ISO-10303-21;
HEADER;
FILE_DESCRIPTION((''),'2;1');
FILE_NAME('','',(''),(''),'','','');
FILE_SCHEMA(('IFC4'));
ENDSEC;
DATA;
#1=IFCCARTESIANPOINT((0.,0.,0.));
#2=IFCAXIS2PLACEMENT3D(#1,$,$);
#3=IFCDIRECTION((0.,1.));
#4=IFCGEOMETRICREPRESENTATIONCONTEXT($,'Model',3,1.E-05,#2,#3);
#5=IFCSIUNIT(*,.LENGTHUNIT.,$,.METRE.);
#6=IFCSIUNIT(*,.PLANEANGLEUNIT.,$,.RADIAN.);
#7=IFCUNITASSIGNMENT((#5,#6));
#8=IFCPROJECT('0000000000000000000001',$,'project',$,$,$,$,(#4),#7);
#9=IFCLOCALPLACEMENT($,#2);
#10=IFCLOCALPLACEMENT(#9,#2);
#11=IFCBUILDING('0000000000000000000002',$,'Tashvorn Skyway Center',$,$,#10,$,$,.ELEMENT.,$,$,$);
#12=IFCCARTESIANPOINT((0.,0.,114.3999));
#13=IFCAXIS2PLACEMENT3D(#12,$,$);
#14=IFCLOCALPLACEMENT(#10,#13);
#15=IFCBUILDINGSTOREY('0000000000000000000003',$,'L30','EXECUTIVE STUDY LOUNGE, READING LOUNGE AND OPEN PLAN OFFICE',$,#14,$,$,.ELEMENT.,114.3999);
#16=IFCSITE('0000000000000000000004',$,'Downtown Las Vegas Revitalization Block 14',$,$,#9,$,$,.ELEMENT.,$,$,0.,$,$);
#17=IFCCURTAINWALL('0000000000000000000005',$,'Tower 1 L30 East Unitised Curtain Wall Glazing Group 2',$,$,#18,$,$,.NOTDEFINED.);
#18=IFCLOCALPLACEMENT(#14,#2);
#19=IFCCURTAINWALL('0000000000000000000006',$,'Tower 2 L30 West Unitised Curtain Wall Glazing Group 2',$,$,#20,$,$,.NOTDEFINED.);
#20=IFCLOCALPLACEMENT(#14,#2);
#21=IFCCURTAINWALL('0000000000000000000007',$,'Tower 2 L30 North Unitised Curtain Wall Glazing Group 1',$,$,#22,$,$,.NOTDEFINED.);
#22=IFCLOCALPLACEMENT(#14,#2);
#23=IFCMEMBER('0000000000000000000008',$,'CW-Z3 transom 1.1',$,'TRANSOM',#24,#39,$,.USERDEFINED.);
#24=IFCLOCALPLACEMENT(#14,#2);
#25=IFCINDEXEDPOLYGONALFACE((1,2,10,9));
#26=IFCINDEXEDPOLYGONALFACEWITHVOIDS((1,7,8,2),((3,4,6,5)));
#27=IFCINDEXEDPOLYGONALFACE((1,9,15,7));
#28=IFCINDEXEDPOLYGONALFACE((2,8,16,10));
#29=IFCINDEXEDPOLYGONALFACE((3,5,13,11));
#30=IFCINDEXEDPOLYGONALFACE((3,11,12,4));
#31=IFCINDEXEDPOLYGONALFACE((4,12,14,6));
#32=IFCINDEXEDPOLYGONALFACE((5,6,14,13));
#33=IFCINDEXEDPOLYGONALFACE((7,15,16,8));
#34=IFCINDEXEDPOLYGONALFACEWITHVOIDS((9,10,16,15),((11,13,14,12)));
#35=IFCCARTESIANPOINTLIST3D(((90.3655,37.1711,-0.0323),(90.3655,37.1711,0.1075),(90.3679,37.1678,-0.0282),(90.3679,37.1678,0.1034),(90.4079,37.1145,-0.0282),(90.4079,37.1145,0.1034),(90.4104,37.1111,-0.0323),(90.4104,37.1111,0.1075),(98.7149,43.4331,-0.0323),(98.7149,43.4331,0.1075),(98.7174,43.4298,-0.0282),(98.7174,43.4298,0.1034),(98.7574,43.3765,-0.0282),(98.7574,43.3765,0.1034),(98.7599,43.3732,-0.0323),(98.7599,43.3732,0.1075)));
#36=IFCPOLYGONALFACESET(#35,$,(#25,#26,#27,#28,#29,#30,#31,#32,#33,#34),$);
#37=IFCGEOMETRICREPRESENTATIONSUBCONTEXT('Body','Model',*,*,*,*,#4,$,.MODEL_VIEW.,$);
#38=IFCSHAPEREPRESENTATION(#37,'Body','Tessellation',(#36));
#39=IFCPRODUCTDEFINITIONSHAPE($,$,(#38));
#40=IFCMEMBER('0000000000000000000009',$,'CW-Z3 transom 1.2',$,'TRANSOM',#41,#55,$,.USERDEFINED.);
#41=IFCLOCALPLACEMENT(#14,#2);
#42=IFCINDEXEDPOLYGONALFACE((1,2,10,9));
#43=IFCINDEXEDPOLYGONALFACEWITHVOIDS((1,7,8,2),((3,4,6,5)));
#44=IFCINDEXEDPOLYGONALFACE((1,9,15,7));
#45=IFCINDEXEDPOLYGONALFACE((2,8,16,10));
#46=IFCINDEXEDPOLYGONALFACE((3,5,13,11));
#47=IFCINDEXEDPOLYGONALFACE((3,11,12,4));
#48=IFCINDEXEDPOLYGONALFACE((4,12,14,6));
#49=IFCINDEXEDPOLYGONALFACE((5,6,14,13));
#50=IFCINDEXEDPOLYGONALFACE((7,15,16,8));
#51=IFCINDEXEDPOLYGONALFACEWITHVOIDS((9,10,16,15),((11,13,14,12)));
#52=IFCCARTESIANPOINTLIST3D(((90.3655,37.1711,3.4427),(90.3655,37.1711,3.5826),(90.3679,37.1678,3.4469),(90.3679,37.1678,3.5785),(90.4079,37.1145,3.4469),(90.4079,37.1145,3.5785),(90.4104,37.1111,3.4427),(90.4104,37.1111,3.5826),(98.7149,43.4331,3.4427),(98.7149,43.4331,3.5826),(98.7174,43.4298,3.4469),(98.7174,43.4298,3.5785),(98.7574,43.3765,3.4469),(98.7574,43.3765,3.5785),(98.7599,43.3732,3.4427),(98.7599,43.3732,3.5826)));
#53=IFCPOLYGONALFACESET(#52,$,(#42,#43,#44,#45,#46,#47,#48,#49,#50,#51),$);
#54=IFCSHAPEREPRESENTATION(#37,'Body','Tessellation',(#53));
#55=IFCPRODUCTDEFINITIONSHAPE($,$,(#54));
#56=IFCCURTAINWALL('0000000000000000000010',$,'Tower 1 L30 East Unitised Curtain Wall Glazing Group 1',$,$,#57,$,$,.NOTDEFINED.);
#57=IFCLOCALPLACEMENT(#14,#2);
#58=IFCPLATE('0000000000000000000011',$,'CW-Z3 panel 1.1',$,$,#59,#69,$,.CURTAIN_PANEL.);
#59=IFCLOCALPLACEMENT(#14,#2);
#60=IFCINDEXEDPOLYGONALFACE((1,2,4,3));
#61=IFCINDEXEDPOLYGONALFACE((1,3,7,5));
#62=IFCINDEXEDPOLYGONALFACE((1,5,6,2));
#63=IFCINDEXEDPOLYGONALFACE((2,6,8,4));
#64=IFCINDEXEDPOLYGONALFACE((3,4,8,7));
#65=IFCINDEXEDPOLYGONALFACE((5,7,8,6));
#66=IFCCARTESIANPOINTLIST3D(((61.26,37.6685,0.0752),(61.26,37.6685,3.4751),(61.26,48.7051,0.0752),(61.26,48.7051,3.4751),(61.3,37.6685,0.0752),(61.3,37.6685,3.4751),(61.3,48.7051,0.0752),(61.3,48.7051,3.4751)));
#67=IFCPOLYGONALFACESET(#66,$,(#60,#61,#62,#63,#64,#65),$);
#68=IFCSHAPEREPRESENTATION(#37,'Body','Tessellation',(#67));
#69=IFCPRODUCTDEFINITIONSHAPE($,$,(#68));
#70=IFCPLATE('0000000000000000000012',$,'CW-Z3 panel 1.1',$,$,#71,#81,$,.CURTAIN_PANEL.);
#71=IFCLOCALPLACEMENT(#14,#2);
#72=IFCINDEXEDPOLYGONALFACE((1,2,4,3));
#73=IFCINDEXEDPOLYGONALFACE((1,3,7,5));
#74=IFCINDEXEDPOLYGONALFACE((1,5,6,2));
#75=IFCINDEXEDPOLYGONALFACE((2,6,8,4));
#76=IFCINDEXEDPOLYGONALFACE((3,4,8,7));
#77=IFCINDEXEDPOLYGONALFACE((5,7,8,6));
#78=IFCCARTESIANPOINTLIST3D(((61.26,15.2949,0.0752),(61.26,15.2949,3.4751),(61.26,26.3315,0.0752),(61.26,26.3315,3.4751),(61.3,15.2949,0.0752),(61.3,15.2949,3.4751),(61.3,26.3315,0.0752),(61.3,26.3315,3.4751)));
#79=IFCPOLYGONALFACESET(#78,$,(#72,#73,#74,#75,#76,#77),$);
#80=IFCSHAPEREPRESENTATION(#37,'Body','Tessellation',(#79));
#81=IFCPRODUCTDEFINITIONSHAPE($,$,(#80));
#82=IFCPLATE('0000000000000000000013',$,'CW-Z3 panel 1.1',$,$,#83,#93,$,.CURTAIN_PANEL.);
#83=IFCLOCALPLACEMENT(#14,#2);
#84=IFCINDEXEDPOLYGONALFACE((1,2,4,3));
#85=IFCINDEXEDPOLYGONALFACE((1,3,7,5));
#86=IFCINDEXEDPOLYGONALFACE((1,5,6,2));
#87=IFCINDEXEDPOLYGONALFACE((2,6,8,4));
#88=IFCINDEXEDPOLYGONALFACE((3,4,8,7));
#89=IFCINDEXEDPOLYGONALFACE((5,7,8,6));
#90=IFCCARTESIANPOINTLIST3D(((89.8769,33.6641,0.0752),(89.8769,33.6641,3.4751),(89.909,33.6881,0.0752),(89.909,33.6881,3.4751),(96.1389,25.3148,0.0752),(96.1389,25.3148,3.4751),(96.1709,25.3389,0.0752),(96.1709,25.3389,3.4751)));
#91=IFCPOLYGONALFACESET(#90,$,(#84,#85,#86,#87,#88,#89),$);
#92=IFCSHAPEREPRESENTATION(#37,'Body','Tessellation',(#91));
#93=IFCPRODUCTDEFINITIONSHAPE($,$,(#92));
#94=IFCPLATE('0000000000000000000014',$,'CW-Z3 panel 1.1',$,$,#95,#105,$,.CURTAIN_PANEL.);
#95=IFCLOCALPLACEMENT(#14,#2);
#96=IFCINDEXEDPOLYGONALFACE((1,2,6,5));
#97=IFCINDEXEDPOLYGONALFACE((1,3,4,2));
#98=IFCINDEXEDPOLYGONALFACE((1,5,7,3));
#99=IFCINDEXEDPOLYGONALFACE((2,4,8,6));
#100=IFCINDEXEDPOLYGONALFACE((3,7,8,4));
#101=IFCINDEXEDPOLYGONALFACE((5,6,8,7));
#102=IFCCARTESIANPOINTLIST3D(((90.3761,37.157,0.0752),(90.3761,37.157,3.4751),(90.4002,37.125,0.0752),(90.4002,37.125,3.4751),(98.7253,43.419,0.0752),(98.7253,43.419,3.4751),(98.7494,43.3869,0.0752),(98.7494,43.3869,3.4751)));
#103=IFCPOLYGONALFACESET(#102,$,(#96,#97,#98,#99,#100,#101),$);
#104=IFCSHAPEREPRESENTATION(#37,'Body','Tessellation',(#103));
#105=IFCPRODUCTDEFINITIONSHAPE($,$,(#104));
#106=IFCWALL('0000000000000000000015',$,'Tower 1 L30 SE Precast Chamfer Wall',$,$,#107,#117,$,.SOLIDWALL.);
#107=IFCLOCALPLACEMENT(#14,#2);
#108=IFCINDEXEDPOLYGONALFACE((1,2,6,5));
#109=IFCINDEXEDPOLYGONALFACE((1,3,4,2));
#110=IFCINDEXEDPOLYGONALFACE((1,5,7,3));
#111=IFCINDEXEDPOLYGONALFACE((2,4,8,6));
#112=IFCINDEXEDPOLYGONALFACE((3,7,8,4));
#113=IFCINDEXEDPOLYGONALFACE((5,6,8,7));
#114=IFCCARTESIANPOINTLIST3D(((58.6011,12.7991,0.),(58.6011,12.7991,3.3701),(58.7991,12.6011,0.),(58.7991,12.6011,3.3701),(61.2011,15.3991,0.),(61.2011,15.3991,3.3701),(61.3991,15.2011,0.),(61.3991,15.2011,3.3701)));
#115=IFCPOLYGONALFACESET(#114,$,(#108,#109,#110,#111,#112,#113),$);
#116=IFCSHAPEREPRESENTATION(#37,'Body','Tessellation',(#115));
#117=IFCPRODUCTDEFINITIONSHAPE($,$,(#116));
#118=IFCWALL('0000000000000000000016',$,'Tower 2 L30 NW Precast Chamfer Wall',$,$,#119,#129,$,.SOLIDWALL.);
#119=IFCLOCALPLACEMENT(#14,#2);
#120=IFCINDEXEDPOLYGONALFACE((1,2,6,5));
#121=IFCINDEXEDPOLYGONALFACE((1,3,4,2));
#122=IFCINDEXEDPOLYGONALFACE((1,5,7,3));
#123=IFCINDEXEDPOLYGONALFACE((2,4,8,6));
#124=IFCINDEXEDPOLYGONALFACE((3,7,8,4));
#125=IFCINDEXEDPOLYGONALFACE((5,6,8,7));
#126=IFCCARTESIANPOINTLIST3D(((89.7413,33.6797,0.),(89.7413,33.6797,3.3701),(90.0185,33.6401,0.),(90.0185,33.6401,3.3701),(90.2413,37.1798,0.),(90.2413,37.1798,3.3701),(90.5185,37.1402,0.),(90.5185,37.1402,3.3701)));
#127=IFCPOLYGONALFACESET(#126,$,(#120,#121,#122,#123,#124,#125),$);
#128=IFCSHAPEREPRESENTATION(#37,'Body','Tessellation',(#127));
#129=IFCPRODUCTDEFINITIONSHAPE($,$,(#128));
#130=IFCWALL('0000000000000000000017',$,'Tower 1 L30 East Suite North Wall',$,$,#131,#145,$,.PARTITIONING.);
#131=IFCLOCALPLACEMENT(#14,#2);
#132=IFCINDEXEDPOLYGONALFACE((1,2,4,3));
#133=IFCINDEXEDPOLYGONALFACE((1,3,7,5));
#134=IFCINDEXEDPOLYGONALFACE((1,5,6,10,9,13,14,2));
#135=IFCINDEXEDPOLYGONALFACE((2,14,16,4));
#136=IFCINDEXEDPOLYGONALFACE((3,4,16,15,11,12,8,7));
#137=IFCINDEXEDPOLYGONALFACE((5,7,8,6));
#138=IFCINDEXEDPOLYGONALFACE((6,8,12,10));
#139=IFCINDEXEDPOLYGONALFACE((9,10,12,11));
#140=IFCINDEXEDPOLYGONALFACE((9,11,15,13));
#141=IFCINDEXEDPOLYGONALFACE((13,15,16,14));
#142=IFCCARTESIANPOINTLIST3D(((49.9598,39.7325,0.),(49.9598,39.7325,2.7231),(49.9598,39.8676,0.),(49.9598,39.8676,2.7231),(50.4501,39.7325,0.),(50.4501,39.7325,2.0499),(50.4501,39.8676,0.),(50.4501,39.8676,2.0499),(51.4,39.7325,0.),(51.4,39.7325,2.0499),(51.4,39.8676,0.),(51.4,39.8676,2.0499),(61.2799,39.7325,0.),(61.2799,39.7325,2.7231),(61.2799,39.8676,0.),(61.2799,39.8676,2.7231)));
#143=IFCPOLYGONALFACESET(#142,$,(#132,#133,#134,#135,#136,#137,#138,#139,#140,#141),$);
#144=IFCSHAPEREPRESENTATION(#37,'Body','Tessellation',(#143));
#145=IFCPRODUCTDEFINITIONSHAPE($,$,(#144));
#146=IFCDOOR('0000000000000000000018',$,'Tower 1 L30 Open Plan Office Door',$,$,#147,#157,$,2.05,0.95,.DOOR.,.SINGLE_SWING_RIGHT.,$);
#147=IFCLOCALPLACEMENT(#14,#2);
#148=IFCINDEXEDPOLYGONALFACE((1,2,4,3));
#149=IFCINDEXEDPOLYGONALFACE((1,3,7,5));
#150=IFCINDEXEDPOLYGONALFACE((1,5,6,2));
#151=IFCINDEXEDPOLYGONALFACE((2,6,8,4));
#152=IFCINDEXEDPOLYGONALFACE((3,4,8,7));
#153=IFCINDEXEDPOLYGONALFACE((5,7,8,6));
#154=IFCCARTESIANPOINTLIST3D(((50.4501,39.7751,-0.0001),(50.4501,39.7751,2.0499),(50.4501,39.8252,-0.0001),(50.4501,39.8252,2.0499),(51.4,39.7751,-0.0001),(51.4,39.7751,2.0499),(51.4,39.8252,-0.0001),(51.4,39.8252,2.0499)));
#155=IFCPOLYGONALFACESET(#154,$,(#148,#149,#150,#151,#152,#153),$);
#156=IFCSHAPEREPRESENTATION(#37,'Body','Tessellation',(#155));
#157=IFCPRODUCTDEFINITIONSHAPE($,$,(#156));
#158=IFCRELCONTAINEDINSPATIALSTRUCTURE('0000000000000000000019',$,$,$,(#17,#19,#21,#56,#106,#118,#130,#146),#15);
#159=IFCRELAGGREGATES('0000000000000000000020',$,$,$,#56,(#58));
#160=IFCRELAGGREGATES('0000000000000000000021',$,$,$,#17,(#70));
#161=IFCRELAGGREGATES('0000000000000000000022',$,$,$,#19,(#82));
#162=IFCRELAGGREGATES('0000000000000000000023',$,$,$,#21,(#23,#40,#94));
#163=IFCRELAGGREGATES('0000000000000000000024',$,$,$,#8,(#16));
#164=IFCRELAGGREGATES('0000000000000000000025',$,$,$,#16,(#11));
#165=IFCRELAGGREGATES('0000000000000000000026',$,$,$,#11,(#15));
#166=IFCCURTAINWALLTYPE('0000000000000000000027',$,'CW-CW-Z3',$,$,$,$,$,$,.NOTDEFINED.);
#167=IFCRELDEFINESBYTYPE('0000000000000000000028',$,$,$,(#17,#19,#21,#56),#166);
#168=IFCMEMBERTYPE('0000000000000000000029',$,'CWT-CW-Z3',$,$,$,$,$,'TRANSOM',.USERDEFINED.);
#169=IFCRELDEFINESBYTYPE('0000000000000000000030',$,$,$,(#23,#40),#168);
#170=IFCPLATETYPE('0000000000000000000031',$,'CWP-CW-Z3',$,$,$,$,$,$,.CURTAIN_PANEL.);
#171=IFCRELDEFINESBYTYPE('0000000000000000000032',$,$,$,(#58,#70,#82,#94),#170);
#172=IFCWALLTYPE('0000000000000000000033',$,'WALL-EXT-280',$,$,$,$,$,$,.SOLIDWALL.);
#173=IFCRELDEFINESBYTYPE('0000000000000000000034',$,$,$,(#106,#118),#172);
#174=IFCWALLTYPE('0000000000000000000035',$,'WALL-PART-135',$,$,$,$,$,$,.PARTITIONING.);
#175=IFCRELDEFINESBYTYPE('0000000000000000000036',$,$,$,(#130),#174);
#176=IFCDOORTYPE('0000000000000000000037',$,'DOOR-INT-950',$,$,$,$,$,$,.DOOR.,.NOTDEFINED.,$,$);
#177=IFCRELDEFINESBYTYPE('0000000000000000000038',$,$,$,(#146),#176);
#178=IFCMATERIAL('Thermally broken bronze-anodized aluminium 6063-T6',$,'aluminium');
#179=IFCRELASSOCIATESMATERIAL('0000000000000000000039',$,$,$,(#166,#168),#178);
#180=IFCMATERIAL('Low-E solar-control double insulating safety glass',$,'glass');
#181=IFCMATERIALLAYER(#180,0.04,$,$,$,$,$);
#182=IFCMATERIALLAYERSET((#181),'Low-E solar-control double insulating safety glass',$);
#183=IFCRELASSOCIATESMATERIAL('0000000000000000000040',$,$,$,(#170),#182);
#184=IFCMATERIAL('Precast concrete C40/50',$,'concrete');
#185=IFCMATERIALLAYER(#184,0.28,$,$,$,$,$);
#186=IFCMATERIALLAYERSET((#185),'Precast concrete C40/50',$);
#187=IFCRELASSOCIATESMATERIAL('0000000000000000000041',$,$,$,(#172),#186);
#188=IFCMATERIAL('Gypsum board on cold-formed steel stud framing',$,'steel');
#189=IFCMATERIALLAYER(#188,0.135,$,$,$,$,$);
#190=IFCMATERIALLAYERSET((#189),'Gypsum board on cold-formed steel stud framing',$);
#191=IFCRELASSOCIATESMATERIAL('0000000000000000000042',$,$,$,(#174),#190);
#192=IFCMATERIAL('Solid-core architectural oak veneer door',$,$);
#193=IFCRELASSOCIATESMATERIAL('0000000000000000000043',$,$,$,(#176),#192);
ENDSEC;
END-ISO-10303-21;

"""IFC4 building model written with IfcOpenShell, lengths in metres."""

from ifc_helpers import new_model, si_unit, direction, frame, frame_2d, origin, origin_2d, place, context, subcontext, project, spatial, rectangle, hollow_rectangle, extrude, material, layer, layer_set, material_profile, profile_set, type_object, element, fill, aggregate, save


model = new_model("IFC4")

# Units and contexts
model_context = context("Model", 3, precision=1e-05, world=origin(), true_north=direction((0.0, 1.0)))
body_context = subcontext(model_context, "Body", "Model", "MODEL_VIEW")
ifc_project = project(units=[si_unit("LENGTHUNIT", "METRE"), si_unit("PLANEANGLEUNIT", "RADIAN")], contexts=[model_context])

# Site, building, storey
site_placement = place(None, origin())
site = spatial("IfcSite", under=ifc_project, at=site_placement, Name="Downtown Las Vegas Revitalization Block 14", CompositionType="ELEMENT", RefElevation=0.0)
building_placement = place(site_placement, origin())
building = spatial("IfcBuilding", under=site, at=building_placement, Name="Tashvorn Skyway Center", CompositionType="ELEMENT")
storey_placement = place(building_placement, frame((0.0, 0.0, 114.3999)))
storey = spatial("IfcBuildingStorey", under=building, at=storey_placement, Name="L30", Description="EXECUTIVE STUDY LOUNGE, READING LOUNGE AND OPEN PLAN OFFICE", CompositionType="ELEMENT", Elevation=114.3999)

# Curtain wall
ifc_material_1 = material(Name="Thermally broken bronze-anodized aluminium 6063-T6", Category="aluminium")
curtain_wall_type = type_object("IfcCurtainWallType", Name="CW-CW-Z3", PredefinedType="NOTDEFINED", material=ifc_material_1)
curtain_wall_1_placement = place(storey_placement, origin())
curtain_wall_1 = element("IfcCurtainWall", 1, at=curtain_wall_1_placement, inside=storey, type_object=curtain_wall_type, Name="Tower 1 L30 East Unitised Curtain Wall Glazing Group 2", PredefinedType="NOTDEFINED")

# Curtain walls
curtain_wall_2_placement = place(storey_placement, origin())
curtain_wall_2 = element("IfcCurtainWall", 2, at=curtain_wall_2_placement, inside=storey, type_object=curtain_wall_type, Name="Tower 2 L30 West Unitised Curtain Wall Glazing Group 2", PredefinedType="NOTDEFINED")
curtain_wall_3_placement = place(storey_placement, origin())
curtain_wall_3 = element("IfcCurtainWall", 3, at=curtain_wall_3_placement, inside=storey, type_object=curtain_wall_type, Name="Tower 2 L30 North Unitised Curtain Wall Glazing Group 1", PredefinedType="NOTDEFINED")

# Members
ifc_material_profile_1 = material_profile(ifc_material_1, hollow_rectangle(XDim=0.075, YDim=0.1399, WallThickness=0.0042, at=origin_2d()), Name="ALU-TRAN-75x140")
ifc_profile_set_1 = profile_set([ifc_material_profile_1], Name="Thermally broken bronze-anodized aluminium 6063-T6")
member_type_1 = type_object("IfcMemberType", Name="CWT-CW-Z3", ElementType="TRANSOM", PredefinedType="USERDEFINED", material=ifc_profile_set_1)
member_1_placement = place(storey_placement, frame((90.3879, 37.1411, 0.0376), z_axis=(0.800003, 0.599996, 0.0), x_axis=(-0.599996, 0.800003, 0.0)))
member_1 = element("IfcMember", 4, at=member_1_placement, type_object=member_type_1, Name="CW-Z3 transom 1.1", ObjectType="TRANSOM", PredefinedType="USERDEFINED", context=body_context, shape_type="SweptSolid", body=[
    extrude(hollow_rectangle(XDim=0.075, YDim=0.1399, WallThickness=0.0042, at=origin_2d()), origin(), (0.0, 0.0, 1.0), 10.4368),
])
member_2_placement = place(storey_placement, frame((90.3879, 37.1411, 3.5127), z_axis=(0.800003, 0.599996, 0.0), x_axis=(-0.599996, 0.800003, 0.0)))
member_2 = element("IfcMember", 5, at=member_2_placement, type_object=member_type_1, Name="CW-Z3 transom 1.2", ObjectType="TRANSOM", PredefinedType="USERDEFINED", context=body_context, shape_type="SweptSolid", body=[
    extrude(hollow_rectangle(XDim=0.075, YDim=0.1399, WallThickness=0.0042, at=origin_2d()), origin(), (0.0, 0.0, 1.0), 10.4368),
])

# Curtain wall, plate
curtain_wall_4_placement = place(storey_placement, origin())
curtain_wall_4 = element("IfcCurtainWall", 6, at=curtain_wall_4_placement, inside=storey, type_object=curtain_wall_type, Name="Tower 1 L30 East Unitised Curtain Wall Glazing Group 1", PredefinedType="NOTDEFINED")
ifc_material_2 = material(Name="Low-E solar-control double insulating safety glass", Category="glass")
ifc_layer_1 = layer(ifc_material_2, 0.04)
ifc_layer_set_1 = layer_set([ifc_layer_1], Name="Low-E solar-control double insulating safety glass")
plate_type = type_object("IfcPlateType", Name="CWP-CW-Z3", PredefinedType="CURTAIN_PANEL", material=ifc_layer_set_1)
plate_1_placement = place(storey_placement, frame((61.28, 43.1868, 0.0752), z_axis=(0.0, 0.0, 1.0), x_axis=(0.0, -1.0, 0.0)))
plate_1 = element("IfcPlate", 7, at=plate_1_placement, type_object=plate_type, Name="CW-Z3 panel 1.1", PredefinedType="CURTAIN_PANEL", context=body_context, shape_type="SweptSolid", body=[
    extrude(rectangle(XDim=11.0366, YDim=0.04, at=origin_2d()), origin(), (0.0, 0.0, 1.0), 3.3999),
])
aggregate(curtain_wall_4, [plate_1])

# Plates
plate_2_placement = place(storey_placement, frame((61.28, 20.8132, 0.0752), z_axis=(0.0, 0.0, 1.0), x_axis=(0.0, -1.0, 0.0)))
plate_2 = element("IfcPlate", 8, at=plate_2_placement, type_object=plate_type, Name="CW-Z3 panel 1.1", PredefinedType="CURTAIN_PANEL", context=body_context, shape_type="SweptSolid", body=[
    extrude(rectangle(XDim=11.0366, YDim=0.04, at=origin_2d()), origin(), (0.0, 0.0, 1.0), 3.3999),
])
aggregate(curtain_wall_1, [plate_2])
plate_3_placement = place(storey_placement, frame((93.0239, 29.5015, 0.0752), z_axis=(0.0, 0.0, 1.0), x_axis=(-0.600002, 0.799999, 0.0)))
plate_3 = element("IfcPlate", 9, at=plate_3_placement, type_object=plate_type, Name="CW-Z3 panel 1.1", PredefinedType="CURTAIN_PANEL", context=body_context, shape_type="SweptSolid", body=[
    extrude(rectangle(XDim=10.4365, YDim=0.04, at=origin_2d()), origin(), (0.0, 0.0, 1.0), 3.3999),
])
aggregate(curtain_wall_2, [plate_3])
plate_4_placement = place(storey_placement, frame((94.5627, 40.272, 0.0752), z_axis=(0.0, 0.0, 1.0), x_axis=(0.799999, 0.600002, 0.0)))
plate_4 = element("IfcPlate", 10, at=plate_4_placement, type_object=plate_type, Name="CW-Z3 panel 1.1", PredefinedType="CURTAIN_PANEL", context=body_context, shape_type="SweptSolid", body=[
    extrude(rectangle(XDim=10.4365, YDim=0.04, at=origin_2d()), origin(), (0.0, 0.0, 1.0), 3.3999),
])
aggregate(curtain_wall_3, [member_1, member_2, plate_4])

# Walls
ifc_material_3 = material(Name="Precast concrete C40/50", Category="concrete")
ifc_layer_2 = layer(ifc_material_3, 0.28)
ifc_layer_set_2 = layer_set([ifc_layer_2], Name="Precast concrete C40/50")
wall_type_1 = type_object("IfcWallType", Name="WALL-EXT-280", PredefinedType="SOLIDWALL", material=ifc_layer_set_2)
wall_1_placement = place(storey_placement, frame((61.3, 15.3, 0.0), z_axis=(0.0, 0.0, 1.0), x_axis=(-0.707107, -0.707107, 0.0)))
element("IfcWall", 11, at=wall_1_placement, inside=storey, type_object=wall_type_1, Name="Tower 1 L30 SE Precast Chamfer Wall", PredefinedType="SOLIDWALL", context=body_context, shape_type="SweptSolid", body=[
    extrude(rectangle(XDim=3.677, YDim=0.28, at=frame_2d((1.8384, 0.0))), origin(), (0.0, 0.0, 1.0), 3.3701),
])
wall_2_placement = place(storey_placement, frame((89.8799, 33.6599, 0.0), z_axis=(0.0, 0.0, 1.0), x_axis=(0.141421, 0.989949, 0.0)))
element("IfcWall", 12, at=wall_2_placement, inside=storey, type_object=wall_type_1, Name="Tower 2 L30 NW Precast Chamfer Wall", PredefinedType="SOLIDWALL", context=body_context, shape_type="SweptSolid", body=[
    extrude(rectangle(XDim=3.5356, YDim=0.28, at=frame_2d((1.7678, 0.0))), origin(), (0.0, 0.0, 1.0), 3.3701),
])

# Wall, opening, door
ifc_material_4 = material(Name="Gypsum board on cold-formed steel stud framing", Category="steel")
ifc_layer_3 = layer(ifc_material_4, 0.135)
ifc_layer_set_3 = layer_set([ifc_layer_3], Name="Gypsum board on cold-formed steel stud framing")
wall_type_2 = type_object("IfcWallType", Name="WALL-PART-135", PredefinedType="PARTITIONING", material=ifc_layer_set_3)
wall_3_placement = place(storey_placement, frame((61.28, 39.8, 0.0), z_axis=(0.0, 0.0, 1.0), x_axis=(-1.0, 0.0, 0.0)))
wall_3 = element("IfcWall", 13, at=wall_3_placement, inside=storey, type_object=wall_type_2, Name="Tower 1 L30 East Suite North Wall", PredefinedType="PARTITIONING", context=body_context, shape_type="SweptSolid", body=[
    extrude(rectangle(XDim=11.3201, YDim=0.135, at=frame_2d((5.6602, 0.0))), origin(), (0.0, 0.0, 1.0), 2.7231),
])
opening_1_placement = place(wall_3_placement, frame((9.8799, 0.0, 0.0)))
opening_1 = element("IfcOpeningElement", 14, at=opening_1_placement, cuts=wall_3, PredefinedType="OPENING", context=body_context, shape_type="SweptSolid", body=[
    extrude(rectangle(XDim=0.95, YDim=2.05, at=frame_2d((0.4751, 1.0249))), frame((0.0, 0.0774, 0.0), z_axis=(0.0, -1.0, 0.0), x_axis=(1.0, 0.0, 0.0)), (0.0, 0.0, 1.0), 0.155),
])
ifc_material_5 = material(Name="Solid-core architectural oak veneer door")
door_type = type_object("IfcDoorType", Name="DOOR-INT-950", OperationType="NOTDEFINED", PredefinedType="DOOR", material=ifc_material_5)
door_1_placement = place(opening_1_placement, origin())
door_1 = element("IfcDoor", 15, at=door_1_placement, inside=storey, type_object=door_type, Name="Tower 1 L30 Open Plan Office Door", OperationType="SINGLE_SWING_RIGHT", OverallHeight=2.05, OverallWidth=0.95, PredefinedType="DOOR", context=body_context, shape_type="SweptSolid", body=[
    extrude(rectangle(XDim=0.95, YDim=2.05, at=frame_2d((0.4751, 1.0249))), frame((0.0, 0.0249, 0.0), z_axis=(0.0, -1.0, 0.0), x_axis=(1.0, 0.0, 0.0)), (0.0, 0.0, 1.0), 0.05),
])
fill(opening_1, door_1)

save(model, "model.ifc")
